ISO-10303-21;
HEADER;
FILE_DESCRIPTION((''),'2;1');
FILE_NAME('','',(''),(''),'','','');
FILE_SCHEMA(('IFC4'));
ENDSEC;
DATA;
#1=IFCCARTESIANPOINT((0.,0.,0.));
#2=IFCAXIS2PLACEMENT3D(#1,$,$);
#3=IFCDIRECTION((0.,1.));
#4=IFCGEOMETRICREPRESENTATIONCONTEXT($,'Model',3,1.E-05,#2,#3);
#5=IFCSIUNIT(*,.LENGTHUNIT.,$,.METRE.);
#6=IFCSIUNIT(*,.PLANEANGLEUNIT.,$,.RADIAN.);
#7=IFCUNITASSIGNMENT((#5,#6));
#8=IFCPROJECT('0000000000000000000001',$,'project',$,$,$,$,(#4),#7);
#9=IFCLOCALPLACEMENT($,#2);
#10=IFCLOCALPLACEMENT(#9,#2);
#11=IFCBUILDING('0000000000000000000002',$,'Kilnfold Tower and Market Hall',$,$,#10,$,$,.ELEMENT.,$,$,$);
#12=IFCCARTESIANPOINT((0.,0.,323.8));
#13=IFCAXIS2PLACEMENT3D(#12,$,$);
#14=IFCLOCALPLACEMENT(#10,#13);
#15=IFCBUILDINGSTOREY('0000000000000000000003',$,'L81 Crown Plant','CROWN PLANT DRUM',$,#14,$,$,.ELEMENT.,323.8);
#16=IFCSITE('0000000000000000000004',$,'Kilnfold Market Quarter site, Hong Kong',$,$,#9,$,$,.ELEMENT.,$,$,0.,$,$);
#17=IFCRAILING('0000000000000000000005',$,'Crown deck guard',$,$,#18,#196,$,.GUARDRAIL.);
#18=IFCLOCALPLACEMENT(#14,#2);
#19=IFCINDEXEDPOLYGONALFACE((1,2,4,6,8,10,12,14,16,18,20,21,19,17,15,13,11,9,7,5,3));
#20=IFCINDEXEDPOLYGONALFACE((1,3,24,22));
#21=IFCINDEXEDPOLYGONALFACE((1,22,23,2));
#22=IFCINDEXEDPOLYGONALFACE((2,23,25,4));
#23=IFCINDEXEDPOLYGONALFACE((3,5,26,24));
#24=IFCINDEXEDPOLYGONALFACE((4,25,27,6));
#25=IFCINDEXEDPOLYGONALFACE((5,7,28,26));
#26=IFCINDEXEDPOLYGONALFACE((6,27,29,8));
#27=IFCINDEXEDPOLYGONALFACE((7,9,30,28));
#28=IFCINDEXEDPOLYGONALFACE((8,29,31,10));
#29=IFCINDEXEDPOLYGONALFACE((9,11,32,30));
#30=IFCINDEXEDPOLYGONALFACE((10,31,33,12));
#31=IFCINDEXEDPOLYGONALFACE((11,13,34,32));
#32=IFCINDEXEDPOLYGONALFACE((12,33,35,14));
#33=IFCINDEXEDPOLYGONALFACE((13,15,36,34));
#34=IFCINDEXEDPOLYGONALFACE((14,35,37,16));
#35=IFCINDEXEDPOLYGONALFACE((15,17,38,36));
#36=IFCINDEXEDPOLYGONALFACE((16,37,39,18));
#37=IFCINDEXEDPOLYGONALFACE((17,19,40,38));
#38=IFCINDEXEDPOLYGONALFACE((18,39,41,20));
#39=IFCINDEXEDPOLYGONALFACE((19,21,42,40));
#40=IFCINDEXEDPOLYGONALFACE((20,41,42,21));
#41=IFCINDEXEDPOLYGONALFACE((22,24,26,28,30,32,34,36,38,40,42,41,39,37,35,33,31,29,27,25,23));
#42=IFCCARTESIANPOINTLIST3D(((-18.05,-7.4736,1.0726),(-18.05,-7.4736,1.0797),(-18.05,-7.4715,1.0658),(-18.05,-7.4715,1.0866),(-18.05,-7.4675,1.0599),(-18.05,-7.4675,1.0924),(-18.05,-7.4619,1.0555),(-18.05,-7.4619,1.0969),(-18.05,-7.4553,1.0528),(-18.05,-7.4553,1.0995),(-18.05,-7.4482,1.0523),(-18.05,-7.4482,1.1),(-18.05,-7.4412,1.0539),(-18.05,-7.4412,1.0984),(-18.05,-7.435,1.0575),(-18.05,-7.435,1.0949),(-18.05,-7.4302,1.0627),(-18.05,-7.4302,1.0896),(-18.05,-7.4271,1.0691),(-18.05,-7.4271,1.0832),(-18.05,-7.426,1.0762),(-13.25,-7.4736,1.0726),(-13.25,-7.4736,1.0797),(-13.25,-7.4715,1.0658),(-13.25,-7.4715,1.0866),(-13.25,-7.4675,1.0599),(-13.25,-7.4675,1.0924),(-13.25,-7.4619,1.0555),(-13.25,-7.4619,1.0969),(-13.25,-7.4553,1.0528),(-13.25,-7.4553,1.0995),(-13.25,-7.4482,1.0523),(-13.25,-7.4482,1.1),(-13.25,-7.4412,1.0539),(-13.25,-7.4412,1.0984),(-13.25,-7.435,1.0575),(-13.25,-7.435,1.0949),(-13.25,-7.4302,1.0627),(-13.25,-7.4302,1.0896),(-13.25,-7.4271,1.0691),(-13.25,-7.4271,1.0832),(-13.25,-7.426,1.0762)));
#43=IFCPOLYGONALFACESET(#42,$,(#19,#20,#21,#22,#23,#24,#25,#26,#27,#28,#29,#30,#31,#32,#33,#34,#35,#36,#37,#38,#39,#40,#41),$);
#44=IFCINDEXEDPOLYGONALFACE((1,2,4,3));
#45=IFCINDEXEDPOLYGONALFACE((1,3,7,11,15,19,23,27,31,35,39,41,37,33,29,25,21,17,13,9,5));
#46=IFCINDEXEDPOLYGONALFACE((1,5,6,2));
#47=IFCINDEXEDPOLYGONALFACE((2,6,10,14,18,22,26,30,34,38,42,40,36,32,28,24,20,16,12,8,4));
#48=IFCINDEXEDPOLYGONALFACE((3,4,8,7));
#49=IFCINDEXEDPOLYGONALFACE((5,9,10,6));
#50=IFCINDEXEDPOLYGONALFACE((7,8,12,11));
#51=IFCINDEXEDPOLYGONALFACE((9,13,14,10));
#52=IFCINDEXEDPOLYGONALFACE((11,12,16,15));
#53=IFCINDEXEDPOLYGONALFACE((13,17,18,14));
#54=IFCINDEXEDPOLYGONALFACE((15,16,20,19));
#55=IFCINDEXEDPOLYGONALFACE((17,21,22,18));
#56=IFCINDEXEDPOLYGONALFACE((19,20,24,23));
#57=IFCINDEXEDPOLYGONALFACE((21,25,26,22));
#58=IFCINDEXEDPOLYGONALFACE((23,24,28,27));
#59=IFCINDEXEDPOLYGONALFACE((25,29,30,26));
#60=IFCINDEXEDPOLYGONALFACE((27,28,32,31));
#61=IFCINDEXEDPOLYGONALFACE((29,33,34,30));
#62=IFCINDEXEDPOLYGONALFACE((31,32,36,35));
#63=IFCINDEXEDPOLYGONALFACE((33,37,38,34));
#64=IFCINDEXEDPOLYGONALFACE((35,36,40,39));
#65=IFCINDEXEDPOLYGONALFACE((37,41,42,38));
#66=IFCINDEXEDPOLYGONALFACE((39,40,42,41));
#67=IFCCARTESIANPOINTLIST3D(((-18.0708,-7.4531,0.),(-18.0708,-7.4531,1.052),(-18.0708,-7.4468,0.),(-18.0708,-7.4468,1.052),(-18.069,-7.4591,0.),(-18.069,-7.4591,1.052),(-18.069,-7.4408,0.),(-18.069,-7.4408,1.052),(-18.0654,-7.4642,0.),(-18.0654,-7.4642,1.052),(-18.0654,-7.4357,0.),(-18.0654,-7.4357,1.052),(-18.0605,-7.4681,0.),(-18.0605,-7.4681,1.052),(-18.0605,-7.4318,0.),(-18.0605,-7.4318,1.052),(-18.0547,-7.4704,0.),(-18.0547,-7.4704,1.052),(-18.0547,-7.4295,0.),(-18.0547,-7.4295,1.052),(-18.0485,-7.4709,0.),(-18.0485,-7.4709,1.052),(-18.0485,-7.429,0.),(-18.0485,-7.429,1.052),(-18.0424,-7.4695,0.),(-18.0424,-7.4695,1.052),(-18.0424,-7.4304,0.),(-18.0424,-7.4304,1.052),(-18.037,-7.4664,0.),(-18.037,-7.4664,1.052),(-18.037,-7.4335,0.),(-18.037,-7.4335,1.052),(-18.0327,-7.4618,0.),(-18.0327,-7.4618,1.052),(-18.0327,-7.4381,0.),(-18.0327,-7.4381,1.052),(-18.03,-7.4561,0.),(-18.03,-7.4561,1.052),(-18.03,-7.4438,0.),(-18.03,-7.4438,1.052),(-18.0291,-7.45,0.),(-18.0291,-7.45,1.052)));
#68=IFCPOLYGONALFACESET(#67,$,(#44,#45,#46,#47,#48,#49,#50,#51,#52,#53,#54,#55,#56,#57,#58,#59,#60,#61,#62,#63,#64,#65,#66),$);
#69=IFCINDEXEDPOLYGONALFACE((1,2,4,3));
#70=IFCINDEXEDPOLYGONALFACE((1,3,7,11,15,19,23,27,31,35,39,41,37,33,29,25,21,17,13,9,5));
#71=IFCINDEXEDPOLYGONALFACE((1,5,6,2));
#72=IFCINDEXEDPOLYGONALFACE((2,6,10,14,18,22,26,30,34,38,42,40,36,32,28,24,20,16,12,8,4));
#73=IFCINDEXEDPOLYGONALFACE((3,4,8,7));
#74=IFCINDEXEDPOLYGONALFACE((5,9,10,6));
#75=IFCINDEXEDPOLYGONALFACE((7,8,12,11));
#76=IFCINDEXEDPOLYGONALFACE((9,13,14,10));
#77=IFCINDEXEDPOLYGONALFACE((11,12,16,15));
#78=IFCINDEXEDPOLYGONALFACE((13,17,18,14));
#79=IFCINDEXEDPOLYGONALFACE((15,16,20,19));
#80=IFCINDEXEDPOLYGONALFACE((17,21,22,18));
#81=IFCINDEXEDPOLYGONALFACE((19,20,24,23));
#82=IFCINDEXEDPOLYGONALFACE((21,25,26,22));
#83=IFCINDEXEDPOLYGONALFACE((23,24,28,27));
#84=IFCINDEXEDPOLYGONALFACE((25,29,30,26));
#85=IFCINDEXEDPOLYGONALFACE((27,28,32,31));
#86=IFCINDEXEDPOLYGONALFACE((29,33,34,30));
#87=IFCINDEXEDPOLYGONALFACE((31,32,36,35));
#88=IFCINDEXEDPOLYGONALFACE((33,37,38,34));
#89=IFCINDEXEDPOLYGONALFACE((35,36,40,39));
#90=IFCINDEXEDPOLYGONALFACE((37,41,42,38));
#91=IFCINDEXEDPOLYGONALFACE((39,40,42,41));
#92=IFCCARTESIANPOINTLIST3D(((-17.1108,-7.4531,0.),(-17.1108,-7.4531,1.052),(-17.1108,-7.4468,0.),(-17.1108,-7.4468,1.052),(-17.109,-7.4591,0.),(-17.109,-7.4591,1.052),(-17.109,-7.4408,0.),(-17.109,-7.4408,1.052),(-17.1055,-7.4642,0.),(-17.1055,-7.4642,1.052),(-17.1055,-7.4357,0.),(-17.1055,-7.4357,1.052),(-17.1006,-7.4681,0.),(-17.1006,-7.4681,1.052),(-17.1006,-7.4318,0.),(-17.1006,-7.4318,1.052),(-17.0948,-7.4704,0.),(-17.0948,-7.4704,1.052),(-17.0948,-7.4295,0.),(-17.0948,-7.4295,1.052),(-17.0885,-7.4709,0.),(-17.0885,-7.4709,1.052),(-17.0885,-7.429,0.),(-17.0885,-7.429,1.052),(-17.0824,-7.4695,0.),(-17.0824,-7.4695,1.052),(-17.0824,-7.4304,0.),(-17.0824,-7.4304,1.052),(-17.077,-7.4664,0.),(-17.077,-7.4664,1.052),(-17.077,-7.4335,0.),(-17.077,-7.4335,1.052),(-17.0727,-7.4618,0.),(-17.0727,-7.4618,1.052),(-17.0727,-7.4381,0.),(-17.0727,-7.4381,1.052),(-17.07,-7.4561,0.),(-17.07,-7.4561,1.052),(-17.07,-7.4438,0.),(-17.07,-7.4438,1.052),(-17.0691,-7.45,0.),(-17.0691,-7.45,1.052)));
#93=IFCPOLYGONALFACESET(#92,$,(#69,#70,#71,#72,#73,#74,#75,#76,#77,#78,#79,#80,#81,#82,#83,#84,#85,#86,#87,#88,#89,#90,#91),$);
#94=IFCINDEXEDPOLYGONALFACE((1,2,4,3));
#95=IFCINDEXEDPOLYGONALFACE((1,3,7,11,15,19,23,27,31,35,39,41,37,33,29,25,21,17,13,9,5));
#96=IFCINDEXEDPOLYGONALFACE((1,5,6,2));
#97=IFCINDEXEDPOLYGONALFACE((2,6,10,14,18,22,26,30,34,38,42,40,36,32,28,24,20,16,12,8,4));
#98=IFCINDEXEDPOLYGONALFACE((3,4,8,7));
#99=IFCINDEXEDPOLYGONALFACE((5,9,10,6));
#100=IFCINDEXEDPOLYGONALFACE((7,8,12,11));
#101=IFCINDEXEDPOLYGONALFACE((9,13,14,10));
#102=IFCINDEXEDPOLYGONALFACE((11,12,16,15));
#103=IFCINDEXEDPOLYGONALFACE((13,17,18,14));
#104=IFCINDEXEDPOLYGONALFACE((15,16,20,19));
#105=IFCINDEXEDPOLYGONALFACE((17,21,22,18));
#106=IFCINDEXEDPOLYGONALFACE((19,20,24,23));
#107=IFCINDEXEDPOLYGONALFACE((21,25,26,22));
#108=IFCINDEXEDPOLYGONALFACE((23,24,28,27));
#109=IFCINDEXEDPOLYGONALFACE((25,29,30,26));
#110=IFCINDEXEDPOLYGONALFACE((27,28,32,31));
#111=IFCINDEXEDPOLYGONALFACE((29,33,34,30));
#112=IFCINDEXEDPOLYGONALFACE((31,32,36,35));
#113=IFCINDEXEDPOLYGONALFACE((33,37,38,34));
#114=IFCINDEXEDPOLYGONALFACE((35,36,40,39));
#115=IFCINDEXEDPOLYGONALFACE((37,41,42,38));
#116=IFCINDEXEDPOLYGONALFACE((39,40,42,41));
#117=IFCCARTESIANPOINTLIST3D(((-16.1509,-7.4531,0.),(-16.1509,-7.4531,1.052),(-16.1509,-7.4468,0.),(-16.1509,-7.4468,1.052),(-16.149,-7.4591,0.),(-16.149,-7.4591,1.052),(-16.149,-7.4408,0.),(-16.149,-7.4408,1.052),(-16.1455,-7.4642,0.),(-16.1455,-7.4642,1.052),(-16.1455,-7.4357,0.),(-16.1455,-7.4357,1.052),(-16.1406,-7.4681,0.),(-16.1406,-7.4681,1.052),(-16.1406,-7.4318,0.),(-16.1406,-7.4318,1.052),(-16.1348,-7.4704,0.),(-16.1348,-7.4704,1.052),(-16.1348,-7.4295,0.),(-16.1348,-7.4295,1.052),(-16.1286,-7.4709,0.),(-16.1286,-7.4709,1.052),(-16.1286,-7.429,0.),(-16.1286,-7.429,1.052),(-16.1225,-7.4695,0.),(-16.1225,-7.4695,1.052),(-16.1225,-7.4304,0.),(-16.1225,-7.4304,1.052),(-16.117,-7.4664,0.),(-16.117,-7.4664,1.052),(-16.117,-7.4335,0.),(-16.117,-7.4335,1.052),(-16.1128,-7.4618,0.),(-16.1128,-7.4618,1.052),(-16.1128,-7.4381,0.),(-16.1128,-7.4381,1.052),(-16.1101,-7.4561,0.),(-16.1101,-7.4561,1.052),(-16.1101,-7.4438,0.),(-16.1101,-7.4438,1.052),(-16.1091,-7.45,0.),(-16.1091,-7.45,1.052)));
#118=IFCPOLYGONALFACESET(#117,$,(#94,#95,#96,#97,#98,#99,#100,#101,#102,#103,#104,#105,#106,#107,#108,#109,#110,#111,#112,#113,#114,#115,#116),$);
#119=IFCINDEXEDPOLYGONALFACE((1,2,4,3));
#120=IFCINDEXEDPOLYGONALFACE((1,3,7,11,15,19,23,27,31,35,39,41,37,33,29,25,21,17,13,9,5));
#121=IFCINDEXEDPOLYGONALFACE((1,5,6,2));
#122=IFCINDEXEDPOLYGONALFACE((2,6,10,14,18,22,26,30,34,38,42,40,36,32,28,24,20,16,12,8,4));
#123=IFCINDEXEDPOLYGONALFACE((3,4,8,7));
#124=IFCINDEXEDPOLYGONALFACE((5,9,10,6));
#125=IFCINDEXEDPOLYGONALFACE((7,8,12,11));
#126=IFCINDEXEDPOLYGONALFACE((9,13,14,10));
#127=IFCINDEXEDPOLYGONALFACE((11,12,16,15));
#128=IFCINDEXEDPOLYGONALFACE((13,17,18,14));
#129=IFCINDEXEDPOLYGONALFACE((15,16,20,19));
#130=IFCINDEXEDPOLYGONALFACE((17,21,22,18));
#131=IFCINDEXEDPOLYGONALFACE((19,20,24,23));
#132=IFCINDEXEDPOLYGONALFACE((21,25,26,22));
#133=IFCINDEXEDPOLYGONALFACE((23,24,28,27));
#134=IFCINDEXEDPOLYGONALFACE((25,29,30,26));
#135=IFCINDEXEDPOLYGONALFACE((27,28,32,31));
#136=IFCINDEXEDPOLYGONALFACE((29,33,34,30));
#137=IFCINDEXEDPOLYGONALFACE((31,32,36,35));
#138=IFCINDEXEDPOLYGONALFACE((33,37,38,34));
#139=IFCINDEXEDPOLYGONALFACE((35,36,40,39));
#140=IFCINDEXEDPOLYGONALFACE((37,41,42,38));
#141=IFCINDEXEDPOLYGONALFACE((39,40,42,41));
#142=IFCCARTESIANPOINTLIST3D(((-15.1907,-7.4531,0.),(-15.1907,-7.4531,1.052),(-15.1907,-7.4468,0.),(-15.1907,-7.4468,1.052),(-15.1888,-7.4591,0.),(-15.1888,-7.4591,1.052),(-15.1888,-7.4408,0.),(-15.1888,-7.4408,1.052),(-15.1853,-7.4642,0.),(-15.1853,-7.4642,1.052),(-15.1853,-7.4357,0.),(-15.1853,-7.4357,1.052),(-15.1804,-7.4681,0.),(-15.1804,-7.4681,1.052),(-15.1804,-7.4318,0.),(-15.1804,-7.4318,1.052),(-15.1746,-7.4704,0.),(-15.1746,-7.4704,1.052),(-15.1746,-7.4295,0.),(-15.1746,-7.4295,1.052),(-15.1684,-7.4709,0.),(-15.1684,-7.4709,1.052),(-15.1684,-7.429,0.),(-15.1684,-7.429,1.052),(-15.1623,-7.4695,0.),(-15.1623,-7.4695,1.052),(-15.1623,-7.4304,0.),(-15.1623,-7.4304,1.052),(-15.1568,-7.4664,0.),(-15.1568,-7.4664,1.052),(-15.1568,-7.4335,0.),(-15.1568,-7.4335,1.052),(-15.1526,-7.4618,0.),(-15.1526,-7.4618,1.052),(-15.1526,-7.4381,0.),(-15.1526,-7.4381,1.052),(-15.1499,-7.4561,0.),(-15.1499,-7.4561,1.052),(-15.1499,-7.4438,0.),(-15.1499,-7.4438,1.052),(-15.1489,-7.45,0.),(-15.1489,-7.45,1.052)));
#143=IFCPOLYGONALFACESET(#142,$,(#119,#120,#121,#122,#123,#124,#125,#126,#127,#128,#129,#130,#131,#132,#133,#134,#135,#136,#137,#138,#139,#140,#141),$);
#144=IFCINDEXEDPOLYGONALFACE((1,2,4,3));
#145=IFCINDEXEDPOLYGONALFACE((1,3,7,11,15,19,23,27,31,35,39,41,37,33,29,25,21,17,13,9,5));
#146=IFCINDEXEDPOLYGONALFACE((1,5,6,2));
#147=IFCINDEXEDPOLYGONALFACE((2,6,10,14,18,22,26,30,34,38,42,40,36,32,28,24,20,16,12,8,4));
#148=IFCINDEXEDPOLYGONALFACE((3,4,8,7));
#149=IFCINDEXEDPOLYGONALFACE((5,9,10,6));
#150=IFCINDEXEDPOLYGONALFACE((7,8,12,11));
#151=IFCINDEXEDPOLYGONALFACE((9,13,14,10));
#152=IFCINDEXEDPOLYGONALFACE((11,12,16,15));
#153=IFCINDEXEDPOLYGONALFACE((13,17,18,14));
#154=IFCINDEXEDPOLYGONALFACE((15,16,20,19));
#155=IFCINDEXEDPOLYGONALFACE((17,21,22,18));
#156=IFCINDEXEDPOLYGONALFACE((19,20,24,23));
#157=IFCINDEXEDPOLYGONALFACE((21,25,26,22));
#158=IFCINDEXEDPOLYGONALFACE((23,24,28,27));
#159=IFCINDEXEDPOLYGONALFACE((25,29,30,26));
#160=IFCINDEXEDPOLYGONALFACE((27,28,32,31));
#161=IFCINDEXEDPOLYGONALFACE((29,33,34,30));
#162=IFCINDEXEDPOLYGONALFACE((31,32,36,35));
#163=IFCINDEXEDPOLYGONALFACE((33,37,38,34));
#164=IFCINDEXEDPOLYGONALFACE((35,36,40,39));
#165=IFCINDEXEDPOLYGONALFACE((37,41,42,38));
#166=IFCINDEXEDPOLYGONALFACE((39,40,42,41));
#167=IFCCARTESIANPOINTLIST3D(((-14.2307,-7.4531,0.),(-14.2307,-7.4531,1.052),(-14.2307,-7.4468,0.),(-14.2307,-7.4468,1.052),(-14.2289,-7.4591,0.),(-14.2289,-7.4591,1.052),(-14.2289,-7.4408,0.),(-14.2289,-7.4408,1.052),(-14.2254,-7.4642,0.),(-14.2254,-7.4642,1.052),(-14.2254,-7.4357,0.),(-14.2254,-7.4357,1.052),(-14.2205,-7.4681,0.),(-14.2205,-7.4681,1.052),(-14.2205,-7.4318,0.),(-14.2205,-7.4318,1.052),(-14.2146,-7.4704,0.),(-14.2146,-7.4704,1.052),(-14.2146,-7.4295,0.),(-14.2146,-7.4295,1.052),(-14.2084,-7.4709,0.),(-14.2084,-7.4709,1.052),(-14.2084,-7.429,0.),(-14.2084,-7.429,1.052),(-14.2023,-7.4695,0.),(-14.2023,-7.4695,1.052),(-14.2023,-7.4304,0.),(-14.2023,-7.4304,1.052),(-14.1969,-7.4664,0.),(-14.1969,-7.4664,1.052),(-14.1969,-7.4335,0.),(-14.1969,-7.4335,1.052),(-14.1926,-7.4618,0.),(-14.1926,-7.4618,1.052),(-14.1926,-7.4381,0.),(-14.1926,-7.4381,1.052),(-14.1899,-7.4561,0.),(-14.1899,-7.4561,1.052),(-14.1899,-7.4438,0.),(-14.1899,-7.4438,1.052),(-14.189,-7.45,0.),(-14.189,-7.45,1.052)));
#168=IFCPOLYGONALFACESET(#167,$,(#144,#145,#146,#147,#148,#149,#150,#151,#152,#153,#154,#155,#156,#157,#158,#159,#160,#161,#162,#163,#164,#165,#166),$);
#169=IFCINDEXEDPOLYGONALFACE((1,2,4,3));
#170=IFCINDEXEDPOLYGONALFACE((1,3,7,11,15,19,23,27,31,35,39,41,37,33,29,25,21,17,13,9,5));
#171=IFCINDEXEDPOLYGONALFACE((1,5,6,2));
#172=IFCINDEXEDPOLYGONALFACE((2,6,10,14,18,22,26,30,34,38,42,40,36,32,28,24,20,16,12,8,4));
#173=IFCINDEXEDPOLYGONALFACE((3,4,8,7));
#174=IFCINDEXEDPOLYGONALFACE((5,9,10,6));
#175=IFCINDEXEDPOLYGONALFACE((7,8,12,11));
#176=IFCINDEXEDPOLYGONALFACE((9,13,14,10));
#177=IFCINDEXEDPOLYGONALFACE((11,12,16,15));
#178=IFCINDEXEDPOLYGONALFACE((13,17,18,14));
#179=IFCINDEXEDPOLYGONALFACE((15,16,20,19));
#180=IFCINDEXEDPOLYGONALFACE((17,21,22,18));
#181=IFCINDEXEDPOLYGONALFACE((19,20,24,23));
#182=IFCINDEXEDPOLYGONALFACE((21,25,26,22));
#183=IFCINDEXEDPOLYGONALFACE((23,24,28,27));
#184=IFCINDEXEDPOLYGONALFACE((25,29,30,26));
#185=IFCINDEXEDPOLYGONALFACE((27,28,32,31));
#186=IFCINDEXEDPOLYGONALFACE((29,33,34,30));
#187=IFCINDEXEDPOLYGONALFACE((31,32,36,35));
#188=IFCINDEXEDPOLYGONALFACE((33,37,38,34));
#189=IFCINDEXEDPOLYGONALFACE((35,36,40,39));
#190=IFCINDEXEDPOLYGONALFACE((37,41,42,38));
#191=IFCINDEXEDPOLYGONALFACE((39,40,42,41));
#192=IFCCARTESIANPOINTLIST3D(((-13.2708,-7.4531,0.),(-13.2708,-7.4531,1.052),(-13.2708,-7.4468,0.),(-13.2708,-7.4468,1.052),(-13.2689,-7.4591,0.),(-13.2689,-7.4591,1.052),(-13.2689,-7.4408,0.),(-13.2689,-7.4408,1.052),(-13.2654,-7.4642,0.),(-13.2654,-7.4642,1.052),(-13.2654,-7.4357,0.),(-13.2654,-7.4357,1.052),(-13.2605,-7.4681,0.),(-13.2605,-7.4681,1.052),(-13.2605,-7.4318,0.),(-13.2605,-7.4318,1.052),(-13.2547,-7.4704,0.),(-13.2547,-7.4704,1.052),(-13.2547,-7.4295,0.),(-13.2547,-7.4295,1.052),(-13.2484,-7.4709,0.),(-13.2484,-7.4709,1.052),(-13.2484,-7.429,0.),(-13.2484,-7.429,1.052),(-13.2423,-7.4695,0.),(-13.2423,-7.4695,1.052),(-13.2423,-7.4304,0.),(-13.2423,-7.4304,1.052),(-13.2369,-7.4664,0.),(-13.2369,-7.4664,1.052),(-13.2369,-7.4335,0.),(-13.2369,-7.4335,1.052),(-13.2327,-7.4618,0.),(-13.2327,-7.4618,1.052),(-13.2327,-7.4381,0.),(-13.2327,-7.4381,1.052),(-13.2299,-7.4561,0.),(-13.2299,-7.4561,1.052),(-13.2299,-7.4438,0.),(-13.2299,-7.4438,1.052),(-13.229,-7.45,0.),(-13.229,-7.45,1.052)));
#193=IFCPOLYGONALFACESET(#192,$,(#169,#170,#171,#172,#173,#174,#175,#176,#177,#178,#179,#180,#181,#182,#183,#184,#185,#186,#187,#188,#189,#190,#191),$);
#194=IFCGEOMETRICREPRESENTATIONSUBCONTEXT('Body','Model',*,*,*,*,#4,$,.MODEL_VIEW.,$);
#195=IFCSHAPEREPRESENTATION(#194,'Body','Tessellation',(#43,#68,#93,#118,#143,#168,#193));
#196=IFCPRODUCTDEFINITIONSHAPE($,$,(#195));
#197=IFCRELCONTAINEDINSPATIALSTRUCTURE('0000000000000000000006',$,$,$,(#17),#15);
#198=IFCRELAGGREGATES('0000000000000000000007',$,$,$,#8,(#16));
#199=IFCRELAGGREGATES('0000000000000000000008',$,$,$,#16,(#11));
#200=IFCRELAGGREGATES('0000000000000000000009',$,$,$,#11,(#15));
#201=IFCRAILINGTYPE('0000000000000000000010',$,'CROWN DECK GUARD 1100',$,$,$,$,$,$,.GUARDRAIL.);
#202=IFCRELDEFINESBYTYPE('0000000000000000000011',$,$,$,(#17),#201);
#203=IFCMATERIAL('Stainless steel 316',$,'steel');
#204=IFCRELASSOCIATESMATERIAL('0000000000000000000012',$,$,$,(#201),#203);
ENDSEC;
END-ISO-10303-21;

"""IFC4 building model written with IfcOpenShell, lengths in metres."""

from ifc_helpers import new_model, si_unit, direction, frame, origin, origin_2d, place, context, subcontext, project, spatial, circle, extrude, material, type_object, element, save


model = new_model("IFC4")

# Units and contexts
model_context = context("Model", 3, precision=1e-05, world=origin(), true_north=direction((0.0, 1.0)))
body_context = subcontext(model_context, "Body", "Model", "MODEL_VIEW")
ifc_project = project(units=[si_unit("LENGTHUNIT", "METRE"), si_unit("PLANEANGLEUNIT", "RADIAN")], contexts=[model_context])

# Site, building, storey
site_placement = place(None, origin())
site = spatial("IfcSite", under=ifc_project, at=site_placement, Name="Kilnfold Market Quarter site, Hong Kong", CompositionType="ELEMENT", RefElevation=0.0)
building_placement = place(site_placement, origin())
building = spatial("IfcBuilding", under=site, at=building_placement, Name="Kilnfold Tower and Market Hall", CompositionType="ELEMENT")
storey_placement = place(building_placement, frame((0.0, 0.0, 323.8)))
storey = spatial("IfcBuildingStorey", under=building, at=storey_placement, Name="L81 Crown Plant", Description="CROWN PLANT DRUM", CompositionType="ELEMENT", Elevation=323.8)

# Railing
ifc_material_1 = material(Name="Stainless steel 316", Category="steel")
railing_type_1 = type_object("IfcRailingType", Name="CROWN DECK GUARD 1100", PredefinedType="GUARDRAIL", material=ifc_material_1)
railing_1_placement = place(storey_placement, frame((-18.05, -7.45, 0.0)))
element("IfcRailing", 1, at=railing_1_placement, inside=storey, type_object=railing_type_1, Name="Crown deck guard", PredefinedType="GUARDRAIL", context=body_context, shape_type="SweptSolid", body=[
    extrude(circle(Radius=0.0239, at=origin_2d()), frame((0.0, 0.0, 1.0762), z_axis=(1.0, 0.0, 0.0), x_axis=(0.0, 1.0, 0.0)), (0.0, 0.0, 1.0), 4.8),
    extrude(circle(Radius=0.021, at=origin_2d()), origin(), (0.0, 0.0, 1.0), 1.052),
    extrude(circle(Radius=0.021, at=origin_2d()), frame((0.96, 0.0, 0.0)), (0.0, 0.0, 1.0), 1.052),
    extrude(circle(Radius=0.021, at=origin_2d()), frame((1.9199, 0.0, 0.0)), (0.0, 0.0, 1.0), 1.052),
    extrude(circle(Radius=0.021, at=origin_2d()), frame((2.8801, 0.0, 0.0)), (0.0, 0.0, 1.0), 1.052),
    extrude(circle(Radius=0.021, at=origin_2d()), frame((3.8401, 0.0, 0.0)), (0.0, 0.0, 1.0), 1.052),
    extrude(circle(Radius=0.021, at=origin_2d()), frame((4.8, 0.0, 0.0)), (0.0, 0.0, 1.0), 1.052),
])

save(model, "model.ifc")
